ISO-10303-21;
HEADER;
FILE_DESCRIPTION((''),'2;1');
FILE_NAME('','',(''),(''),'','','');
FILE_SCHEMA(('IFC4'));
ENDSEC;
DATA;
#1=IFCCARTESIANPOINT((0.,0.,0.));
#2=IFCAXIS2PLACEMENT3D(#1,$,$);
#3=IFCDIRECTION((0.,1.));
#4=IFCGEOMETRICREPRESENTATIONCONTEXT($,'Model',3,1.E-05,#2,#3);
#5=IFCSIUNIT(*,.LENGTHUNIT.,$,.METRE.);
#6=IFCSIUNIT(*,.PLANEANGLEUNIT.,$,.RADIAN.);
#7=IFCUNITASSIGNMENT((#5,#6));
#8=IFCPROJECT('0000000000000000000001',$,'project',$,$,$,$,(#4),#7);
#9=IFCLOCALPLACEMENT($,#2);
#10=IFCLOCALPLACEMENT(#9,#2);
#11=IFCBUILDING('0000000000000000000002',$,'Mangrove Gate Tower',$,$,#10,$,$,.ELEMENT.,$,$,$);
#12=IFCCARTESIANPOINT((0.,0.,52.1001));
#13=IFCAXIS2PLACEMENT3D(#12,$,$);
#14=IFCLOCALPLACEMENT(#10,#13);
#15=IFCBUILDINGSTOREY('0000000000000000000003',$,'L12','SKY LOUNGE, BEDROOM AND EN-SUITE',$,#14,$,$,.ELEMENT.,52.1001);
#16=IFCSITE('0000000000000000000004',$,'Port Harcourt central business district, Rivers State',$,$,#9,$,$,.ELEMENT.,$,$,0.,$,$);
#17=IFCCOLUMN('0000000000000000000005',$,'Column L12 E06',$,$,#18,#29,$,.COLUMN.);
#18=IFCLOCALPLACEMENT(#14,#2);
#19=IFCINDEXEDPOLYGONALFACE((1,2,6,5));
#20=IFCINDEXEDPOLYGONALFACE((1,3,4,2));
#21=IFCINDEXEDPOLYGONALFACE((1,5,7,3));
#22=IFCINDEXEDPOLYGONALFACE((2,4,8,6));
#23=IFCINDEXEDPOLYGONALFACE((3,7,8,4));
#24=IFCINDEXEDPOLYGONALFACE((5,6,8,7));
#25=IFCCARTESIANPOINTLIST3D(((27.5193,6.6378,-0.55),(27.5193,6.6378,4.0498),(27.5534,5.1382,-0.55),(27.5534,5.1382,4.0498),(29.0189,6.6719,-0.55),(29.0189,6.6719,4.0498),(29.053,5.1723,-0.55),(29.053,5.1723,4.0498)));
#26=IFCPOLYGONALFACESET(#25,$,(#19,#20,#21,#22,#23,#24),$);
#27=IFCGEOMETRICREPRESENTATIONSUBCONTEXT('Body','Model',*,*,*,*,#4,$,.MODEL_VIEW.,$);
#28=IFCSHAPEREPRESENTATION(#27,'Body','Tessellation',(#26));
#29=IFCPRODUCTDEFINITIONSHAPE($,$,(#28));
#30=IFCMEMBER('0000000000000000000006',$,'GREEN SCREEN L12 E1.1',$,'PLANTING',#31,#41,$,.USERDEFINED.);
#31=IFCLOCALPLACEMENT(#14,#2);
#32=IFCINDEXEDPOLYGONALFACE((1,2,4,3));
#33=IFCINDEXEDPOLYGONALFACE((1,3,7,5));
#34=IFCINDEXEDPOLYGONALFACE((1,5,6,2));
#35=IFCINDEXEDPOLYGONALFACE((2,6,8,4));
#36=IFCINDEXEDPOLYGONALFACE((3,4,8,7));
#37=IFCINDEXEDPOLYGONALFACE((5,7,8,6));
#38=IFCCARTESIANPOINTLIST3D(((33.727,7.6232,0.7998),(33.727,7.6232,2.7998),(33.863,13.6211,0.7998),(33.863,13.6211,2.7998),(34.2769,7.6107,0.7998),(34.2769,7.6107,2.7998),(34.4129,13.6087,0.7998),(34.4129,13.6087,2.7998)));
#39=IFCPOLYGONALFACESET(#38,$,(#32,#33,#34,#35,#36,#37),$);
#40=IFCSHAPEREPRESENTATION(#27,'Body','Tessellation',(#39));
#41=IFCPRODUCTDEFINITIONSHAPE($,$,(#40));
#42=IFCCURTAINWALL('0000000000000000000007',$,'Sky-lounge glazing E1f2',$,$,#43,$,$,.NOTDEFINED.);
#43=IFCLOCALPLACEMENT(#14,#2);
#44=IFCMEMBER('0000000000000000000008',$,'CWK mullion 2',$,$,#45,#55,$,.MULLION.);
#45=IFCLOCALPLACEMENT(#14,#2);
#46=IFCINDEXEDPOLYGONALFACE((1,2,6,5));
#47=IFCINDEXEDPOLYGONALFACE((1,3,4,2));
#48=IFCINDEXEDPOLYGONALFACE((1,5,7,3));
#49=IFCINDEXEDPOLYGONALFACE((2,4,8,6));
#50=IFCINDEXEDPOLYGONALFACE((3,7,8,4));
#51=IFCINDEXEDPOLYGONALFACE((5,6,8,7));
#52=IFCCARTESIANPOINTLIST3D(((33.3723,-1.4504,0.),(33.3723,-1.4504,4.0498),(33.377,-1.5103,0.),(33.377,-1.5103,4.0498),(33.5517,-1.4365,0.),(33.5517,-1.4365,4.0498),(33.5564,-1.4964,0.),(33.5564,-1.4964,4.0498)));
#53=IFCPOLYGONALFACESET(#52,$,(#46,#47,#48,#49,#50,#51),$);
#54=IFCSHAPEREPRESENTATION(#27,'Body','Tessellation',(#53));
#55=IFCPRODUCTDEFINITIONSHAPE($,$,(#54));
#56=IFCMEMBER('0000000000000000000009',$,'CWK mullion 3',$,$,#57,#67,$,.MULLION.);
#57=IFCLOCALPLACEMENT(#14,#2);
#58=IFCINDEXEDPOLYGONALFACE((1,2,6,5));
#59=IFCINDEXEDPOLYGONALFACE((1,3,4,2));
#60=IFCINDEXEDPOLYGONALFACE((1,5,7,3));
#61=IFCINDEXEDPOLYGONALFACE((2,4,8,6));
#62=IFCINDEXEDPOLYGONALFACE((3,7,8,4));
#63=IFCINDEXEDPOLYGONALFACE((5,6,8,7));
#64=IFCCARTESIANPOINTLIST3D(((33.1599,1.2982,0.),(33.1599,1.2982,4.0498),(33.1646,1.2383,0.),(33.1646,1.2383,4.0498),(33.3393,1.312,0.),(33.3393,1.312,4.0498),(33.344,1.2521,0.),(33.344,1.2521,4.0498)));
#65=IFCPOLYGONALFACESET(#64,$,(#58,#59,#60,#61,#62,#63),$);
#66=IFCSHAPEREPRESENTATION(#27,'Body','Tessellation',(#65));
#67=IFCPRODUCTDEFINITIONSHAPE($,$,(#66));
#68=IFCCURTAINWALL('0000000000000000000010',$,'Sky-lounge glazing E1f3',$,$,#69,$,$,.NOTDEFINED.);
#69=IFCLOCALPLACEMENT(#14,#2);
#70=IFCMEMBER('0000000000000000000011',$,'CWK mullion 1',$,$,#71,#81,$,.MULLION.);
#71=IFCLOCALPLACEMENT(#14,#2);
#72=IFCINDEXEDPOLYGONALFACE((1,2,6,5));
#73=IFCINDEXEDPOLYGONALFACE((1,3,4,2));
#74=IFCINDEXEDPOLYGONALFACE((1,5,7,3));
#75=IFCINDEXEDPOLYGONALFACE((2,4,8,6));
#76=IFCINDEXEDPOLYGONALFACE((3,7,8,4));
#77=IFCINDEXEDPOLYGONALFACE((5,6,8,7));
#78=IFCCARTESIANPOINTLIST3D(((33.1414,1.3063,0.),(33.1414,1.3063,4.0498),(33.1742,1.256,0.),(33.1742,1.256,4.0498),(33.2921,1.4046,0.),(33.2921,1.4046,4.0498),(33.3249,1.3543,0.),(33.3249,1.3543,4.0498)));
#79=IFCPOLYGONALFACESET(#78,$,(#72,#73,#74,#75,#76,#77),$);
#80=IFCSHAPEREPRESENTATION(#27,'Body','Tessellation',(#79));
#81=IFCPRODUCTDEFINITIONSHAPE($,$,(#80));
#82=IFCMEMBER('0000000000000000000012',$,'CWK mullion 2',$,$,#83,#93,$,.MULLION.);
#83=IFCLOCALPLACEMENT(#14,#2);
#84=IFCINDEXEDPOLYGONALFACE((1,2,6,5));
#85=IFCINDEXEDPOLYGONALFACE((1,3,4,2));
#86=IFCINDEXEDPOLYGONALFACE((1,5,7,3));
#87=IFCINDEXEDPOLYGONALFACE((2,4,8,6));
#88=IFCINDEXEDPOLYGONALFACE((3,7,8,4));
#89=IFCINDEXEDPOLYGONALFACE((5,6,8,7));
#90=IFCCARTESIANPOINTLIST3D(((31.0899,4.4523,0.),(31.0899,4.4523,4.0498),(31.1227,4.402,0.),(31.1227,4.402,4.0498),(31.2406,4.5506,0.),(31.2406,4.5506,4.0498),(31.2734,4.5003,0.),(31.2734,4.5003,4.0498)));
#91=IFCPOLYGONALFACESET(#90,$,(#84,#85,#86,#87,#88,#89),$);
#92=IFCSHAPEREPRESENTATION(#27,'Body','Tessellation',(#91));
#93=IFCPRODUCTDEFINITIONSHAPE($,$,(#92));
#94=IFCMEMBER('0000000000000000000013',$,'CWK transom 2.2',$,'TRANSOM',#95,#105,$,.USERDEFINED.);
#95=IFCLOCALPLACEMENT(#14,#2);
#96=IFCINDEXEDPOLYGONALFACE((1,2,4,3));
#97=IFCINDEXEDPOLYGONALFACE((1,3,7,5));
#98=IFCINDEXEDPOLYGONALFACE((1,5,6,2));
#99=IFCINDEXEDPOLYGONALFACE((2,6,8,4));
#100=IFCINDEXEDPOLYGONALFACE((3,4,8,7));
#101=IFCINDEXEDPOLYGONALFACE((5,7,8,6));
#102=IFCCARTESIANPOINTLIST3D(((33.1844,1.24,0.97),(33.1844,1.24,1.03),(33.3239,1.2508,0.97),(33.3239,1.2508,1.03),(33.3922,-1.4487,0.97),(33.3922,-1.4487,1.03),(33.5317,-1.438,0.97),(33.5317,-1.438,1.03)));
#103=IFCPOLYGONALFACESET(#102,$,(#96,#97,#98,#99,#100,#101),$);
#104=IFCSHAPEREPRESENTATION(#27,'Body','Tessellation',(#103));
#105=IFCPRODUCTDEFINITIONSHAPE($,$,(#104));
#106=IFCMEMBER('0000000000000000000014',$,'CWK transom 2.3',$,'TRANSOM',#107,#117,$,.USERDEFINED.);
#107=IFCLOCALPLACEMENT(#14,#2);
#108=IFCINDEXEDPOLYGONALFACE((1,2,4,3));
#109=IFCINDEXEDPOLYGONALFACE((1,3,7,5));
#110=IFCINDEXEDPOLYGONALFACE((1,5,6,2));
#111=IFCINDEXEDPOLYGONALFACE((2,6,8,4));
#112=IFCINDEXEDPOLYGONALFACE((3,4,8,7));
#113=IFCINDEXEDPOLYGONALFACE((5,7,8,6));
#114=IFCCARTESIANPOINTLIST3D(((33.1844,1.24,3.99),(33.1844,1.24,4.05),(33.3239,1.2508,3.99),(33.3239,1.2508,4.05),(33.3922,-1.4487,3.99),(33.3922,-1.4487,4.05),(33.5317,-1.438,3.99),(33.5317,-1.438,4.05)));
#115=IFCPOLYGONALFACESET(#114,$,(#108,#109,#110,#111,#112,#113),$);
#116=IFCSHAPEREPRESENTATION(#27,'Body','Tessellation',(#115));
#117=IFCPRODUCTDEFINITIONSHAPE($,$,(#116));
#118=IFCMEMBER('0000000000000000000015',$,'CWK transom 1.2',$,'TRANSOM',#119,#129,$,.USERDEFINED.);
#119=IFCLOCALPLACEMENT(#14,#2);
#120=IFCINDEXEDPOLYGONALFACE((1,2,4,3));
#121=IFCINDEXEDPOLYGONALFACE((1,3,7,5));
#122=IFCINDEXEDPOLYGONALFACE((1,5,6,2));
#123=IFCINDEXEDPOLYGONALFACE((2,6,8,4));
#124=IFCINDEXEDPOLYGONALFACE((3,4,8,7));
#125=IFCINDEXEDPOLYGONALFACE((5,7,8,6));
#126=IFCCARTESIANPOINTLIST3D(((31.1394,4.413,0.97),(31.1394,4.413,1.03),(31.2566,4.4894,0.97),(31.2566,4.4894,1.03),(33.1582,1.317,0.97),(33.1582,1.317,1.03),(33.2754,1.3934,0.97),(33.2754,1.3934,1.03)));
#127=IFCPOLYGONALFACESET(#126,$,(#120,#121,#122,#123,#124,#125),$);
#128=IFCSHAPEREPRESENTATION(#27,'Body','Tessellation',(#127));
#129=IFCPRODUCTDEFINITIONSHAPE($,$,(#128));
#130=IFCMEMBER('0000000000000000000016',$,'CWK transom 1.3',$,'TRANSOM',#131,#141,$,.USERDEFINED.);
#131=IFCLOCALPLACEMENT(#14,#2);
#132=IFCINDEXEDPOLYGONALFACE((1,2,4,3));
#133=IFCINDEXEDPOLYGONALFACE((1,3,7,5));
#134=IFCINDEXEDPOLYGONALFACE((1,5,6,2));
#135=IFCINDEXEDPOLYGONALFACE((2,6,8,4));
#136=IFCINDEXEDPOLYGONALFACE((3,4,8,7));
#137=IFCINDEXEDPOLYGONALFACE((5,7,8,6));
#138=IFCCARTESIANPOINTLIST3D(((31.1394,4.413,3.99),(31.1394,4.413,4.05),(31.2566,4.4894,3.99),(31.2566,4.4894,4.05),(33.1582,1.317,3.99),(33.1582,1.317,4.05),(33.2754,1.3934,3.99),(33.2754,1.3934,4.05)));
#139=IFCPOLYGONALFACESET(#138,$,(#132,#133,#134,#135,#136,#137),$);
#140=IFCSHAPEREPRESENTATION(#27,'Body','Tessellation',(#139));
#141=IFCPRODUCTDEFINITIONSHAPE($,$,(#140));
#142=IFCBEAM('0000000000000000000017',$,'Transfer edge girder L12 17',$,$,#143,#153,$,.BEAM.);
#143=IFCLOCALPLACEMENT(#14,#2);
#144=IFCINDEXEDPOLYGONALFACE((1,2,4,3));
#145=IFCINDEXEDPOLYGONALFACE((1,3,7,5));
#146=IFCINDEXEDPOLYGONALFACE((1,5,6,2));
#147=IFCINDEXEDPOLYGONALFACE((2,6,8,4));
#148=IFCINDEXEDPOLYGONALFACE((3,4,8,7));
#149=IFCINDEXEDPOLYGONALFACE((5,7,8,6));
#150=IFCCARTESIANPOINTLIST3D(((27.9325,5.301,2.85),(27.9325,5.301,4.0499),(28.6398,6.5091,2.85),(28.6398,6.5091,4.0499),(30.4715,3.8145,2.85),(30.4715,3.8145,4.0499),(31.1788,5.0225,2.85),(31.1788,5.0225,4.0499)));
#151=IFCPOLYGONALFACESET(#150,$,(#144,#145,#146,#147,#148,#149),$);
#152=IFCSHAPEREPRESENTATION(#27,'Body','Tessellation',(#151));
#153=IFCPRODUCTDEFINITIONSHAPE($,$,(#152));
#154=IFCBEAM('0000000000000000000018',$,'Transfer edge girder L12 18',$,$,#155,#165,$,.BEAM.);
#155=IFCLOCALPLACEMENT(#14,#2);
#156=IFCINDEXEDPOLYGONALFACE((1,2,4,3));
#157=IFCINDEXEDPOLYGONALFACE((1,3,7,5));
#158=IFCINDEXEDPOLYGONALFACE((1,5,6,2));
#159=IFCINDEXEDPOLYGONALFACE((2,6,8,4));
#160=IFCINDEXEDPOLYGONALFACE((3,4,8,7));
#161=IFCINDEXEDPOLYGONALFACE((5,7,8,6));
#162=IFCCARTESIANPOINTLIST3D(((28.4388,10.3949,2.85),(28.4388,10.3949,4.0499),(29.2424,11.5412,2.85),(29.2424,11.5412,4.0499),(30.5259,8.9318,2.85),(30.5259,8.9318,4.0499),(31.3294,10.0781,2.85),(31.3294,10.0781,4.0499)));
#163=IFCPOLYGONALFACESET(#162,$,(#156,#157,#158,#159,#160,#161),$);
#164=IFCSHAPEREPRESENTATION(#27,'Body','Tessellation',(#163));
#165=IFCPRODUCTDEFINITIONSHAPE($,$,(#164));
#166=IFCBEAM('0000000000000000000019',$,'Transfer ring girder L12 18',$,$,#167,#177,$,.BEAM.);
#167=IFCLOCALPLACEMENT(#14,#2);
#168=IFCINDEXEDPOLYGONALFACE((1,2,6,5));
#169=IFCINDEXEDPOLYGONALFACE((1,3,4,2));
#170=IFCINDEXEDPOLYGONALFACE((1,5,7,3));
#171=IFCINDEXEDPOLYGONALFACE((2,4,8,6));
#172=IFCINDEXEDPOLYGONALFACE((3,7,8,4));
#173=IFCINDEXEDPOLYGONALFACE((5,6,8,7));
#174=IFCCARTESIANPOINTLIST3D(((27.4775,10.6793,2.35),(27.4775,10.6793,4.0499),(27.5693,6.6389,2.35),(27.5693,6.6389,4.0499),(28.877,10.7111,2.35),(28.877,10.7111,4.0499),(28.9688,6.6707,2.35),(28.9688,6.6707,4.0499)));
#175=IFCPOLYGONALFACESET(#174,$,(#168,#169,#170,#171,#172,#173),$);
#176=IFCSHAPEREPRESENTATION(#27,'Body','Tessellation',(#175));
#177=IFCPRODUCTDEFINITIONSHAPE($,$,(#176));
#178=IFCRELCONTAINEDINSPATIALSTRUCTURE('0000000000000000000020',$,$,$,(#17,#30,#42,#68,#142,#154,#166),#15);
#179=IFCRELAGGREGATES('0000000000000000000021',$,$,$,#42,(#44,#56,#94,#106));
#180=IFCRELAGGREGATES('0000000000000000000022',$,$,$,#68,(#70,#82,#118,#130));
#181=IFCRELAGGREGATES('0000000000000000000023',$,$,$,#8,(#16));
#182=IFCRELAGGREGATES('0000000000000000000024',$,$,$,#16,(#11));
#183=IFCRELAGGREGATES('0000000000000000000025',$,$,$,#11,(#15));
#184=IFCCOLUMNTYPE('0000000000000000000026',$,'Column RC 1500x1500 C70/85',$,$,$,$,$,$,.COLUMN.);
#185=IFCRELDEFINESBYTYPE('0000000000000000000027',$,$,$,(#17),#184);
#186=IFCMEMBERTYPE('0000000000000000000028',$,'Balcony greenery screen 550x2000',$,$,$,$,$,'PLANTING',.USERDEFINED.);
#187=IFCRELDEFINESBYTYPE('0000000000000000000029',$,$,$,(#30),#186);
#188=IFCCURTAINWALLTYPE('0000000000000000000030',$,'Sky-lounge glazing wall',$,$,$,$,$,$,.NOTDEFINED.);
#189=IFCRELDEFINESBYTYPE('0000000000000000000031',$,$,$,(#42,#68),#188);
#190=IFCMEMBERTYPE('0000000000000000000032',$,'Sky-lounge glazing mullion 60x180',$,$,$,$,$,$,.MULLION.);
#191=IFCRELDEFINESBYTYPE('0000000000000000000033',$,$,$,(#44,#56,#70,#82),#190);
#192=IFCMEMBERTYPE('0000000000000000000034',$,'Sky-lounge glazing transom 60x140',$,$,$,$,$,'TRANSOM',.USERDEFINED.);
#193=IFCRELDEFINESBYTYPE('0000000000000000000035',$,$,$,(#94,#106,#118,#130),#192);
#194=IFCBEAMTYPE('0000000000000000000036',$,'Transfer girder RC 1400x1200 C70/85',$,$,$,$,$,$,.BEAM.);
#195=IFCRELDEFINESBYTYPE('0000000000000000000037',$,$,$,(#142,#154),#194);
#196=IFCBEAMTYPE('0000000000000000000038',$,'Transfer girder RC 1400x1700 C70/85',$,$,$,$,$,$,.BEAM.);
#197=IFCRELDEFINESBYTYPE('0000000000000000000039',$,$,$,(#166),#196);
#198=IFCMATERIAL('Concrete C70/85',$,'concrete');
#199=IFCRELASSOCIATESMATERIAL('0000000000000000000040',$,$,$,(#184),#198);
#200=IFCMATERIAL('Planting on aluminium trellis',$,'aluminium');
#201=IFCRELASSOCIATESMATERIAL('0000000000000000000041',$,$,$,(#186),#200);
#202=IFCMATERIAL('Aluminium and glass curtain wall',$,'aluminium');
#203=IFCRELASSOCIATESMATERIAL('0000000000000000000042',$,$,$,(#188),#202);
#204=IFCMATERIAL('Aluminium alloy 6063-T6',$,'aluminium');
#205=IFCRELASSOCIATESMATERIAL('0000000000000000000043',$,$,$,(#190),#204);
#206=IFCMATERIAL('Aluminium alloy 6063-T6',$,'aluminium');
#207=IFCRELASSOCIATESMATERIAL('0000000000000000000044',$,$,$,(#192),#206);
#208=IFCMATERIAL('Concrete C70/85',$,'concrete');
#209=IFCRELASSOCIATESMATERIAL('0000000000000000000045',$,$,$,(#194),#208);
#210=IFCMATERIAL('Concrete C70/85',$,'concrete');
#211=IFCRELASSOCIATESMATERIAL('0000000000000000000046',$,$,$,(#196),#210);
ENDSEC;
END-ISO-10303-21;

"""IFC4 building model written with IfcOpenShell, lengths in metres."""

from ifc_helpers import new_model, si_unit, direction, frame, origin, origin_2d, place, context, subcontext, project, spatial, rectangle, extrude, material, material_profile, profile_set, type_object, element, aggregate, save


model = new_model("IFC4")

# Units and contexts
model_context = context("Model", 3, precision=1e-05, world=origin(), true_north=direction((0.0, 1.0)))
body_context = subcontext(model_context, "Body", "Model", "MODEL_VIEW")
ifc_project = project(units=[si_unit("LENGTHUNIT", "METRE"), si_unit("PLANEANGLEUNIT", "RADIAN")], contexts=[model_context])

# Site, building, storey
site_placement = place(None, origin())
site = spatial("IfcSite", under=ifc_project, at=site_placement, Name="Port Harcourt central business district, Rivers State", CompositionType="ELEMENT", RefElevation=0.0)
building_placement = place(site_placement, origin())
building = spatial("IfcBuilding", under=site, at=building_placement, Name="Mangrove Gate Tower", CompositionType="ELEMENT")
storey_placement = place(building_placement, frame((0.0, 0.0, 52.1001)))
storey = spatial("IfcBuildingStorey", under=building, at=storey_placement, Name="L12", Description="SKY LOUNGE, BEDROOM AND EN-SUITE", CompositionType="ELEMENT", Elevation=52.1001)

# Column
ifc_material_1 = material(Name="Concrete C70/85", Category="concrete")
ifc_material_profile_1 = material_profile(ifc_material_1, rectangle(XDim=1.5, YDim=1.5, at=origin_2d()))
ifc_profile_set_1 = profile_set([ifc_material_profile_1], Name="Concrete C70/85")
column_type = type_object("IfcColumnType", Name="Column RC 1500x1500 C70/85", PredefinedType="COLUMN", material=ifc_profile_set_1)
column_placement = place(storey_placement, frame((28.2861, 5.905, -0.55), z_axis=(0.0, 0.0, 1.0), x_axis=(-0.022704, 0.999742, 0.0)))
element("IfcColumn", 1, at=column_placement, inside=storey, type_object=column_type, Name="Column L12 E06", PredefinedType="COLUMN", context=body_context, shape_type="SweptSolid", body=[
    extrude(rectangle(XDim=1.5, YDim=1.5, at=origin_2d()), origin(), (0.0, 0.0, 1.0), 4.5999),
])

# Member
ifc_material_2 = material(Name="Planting on aluminium trellis", Category="aluminium")
ifc_material_profile_2 = material_profile(ifc_material_2, rectangle(XDim=0.55, YDim=2.0, at=origin_2d()))
ifc_profile_set_2 = profile_set([ifc_material_profile_2], Name="Planting on aluminium trellis")
member_type_1 = type_object("IfcMemberType", Name="Balcony greenery screen 550x2000", ElementType="PLANTING", PredefinedType="USERDEFINED", material=ifc_profile_set_2)
member_1_placement = place(storey_placement, frame((34.002, 7.6169, 1.7998), z_axis=(0.022666, 0.999743, 0.0), x_axis=(-0.999743, 0.022666, 0.0)))
element("IfcMember", 2, at=member_1_placement, inside=storey, type_object=member_type_1, Name="GREEN SCREEN L12 E1.1", ObjectType="PLANTING", PredefinedType="USERDEFINED", context=body_context, shape_type="SweptSolid", body=[
    extrude(rectangle(XDim=0.55, YDim=2.0, at=origin_2d()), origin(), (0.0, 0.0, 1.0), 5.9995),
])

# Curtain walls, members
ifc_material_3 = material(Name="Aluminium and glass curtain wall", Category="aluminium")
curtain_wall_type = type_object("IfcCurtainWallType", Name="Sky-lounge glazing wall", PredefinedType="NOTDEFINED", material=ifc_material_3)
curtain_wall_1_placement = place(storey_placement, origin())
curtain_wall_1 = element("IfcCurtainWall", 3, at=curtain_wall_1_placement, inside=storey, type_object=curtain_wall_type, Name="Sky-lounge glazing E1f2", PredefinedType="NOTDEFINED")
ifc_material_4 = material(Name="Aluminium alloy 6063-T6", Category="aluminium")
ifc_material_profile_3 = material_profile(ifc_material_4, rectangle(XDim=0.0601, YDim=0.1799, at=origin_2d()))
ifc_profile_set_3 = profile_set([ifc_material_profile_3], Name="Aluminium alloy 6063-T6")
member_type_2 = type_object("IfcMemberType", Name="Sky-lounge glazing mullion 60x180", PredefinedType="MULLION", material=ifc_profile_set_3)
member_2_placement = place(storey_placement, frame((33.4644, -1.4734, 0.0), z_axis=(0.0, 0.0, 1.0), x_axis=(-0.077023, 0.997029, 0.0)))
member_2 = element("IfcMember", 4, at=member_2_placement, type_object=member_type_2, Name="CWK mullion 2", PredefinedType="MULLION", context=body_context, shape_type="SweptSolid", body=[
    extrude(rectangle(XDim=0.0601, YDim=0.1799, at=origin_2d()), origin(), (0.0, 0.0, 1.0), 4.0498),
])
member_3_placement = place(storey_placement, frame((33.252, 1.2751, 0.0), z_axis=(0.0, 0.0, 1.0), x_axis=(-0.077023, 0.997029, 0.0)))
member_3 = element("IfcMember", 5, at=member_3_placement, type_object=member_type_2, Name="CWK mullion 3", PredefinedType="MULLION", context=body_context, shape_type="SweptSolid", body=[
    extrude(rectangle(XDim=0.0601, YDim=0.1799, at=origin_2d()), origin(), (0.0, 0.0, 1.0), 4.0498),
])
curtain_wall_2_placement = place(storey_placement, origin())
curtain_wall_2 = element("IfcCurtainWall", 6, at=curtain_wall_2_placement, inside=storey, type_object=curtain_wall_type, Name="Sky-lounge glazing E1f3", PredefinedType="NOTDEFINED")
member_4_placement = place(storey_placement, frame((33.2332, 1.3303, 0.0), z_axis=(0.0, 0.0, 1.0), x_axis=(-0.546235, 0.837632, 0.0)))
member_4 = element("IfcMember", 7, at=member_4_placement, type_object=member_type_2, Name="CWK mullion 1", PredefinedType="MULLION", context=body_context, shape_type="SweptSolid", body=[
    extrude(rectangle(XDim=0.0601, YDim=0.1799, at=origin_2d()), origin(), (0.0, 0.0, 1.0), 4.0498),
])
member_5_placement = place(storey_placement, frame((31.1816, 4.4763, 0.0), z_axis=(0.0, 0.0, 1.0), x_axis=(-0.546235, 0.837632, 0.0)))
member_5 = element("IfcMember", 8, at=member_5_placement, type_object=member_type_2, Name="CWK mullion 2", PredefinedType="MULLION", context=body_context, shape_type="SweptSolid", body=[
    extrude(rectangle(XDim=0.0601, YDim=0.1799, at=origin_2d()), origin(), (0.0, 0.0, 1.0), 4.0498),
])

# Members
ifc_material_5 = material(Name="Aluminium alloy 6063-T6", Category="aluminium")
ifc_material_profile_4 = material_profile(ifc_material_5, rectangle(XDim=0.0601, YDim=0.1399, at=origin_2d()))
ifc_profile_set_4 = profile_set([ifc_material_profile_4], Name="Aluminium alloy 6063-T6")
member_type_3 = type_object("IfcMemberType", Name="Sky-lounge glazing transom 60x140", ElementType="TRANSOM", PredefinedType="USERDEFINED", material=ifc_profile_set_4)
member_6_placement = place(storey_placement, frame((33.4619, -1.4434, 1.0), z_axis=(-0.077043, 0.997028, 0.0), x_axis=(0.0, 0.0, 1.0)))
member_6 = element("IfcMember", 9, at=member_6_placement, type_object=member_type_3, Name="CWK transom 2.2", ObjectType="TRANSOM", PredefinedType="USERDEFINED", context=body_context, shape_type="SweptSolid", body=[
    extrude(rectangle(XDim=0.0601, YDim=0.1399, at=origin_2d()), origin(), (0.0, 0.0, 1.0), 2.6968),
])
member_7_placement = place(storey_placement, frame((33.4619, -1.4434, 4.02), z_axis=(-0.077043, 0.997028, 0.0), x_axis=(0.0, 0.0, 1.0)))
member_7 = element("IfcMember", 10, at=member_7_placement, type_object=member_type_3, Name="CWK transom 2.3", ObjectType="TRANSOM", PredefinedType="USERDEFINED", context=body_context, shape_type="SweptSolid", body=[
    extrude(rectangle(XDim=0.0601, YDim=0.1399, at=origin_2d()), origin(), (0.0, 0.0, 1.0), 2.6968),
])
member_8_placement = place(storey_placement, frame((33.2168, 1.3552, 1.0), z_axis=(-0.546211, 0.837647, 0.0), x_axis=(0.0, 0.0, 1.0)))
member_8 = element("IfcMember", 11, at=member_8_placement, type_object=member_type_3, Name="CWK transom 1.2", ObjectType="TRANSOM", PredefinedType="USERDEFINED", context=body_context, shape_type="SweptSolid", body=[
    extrude(rectangle(XDim=0.0601, YDim=0.1399, at=origin_2d()), origin(), (0.0, 0.0, 1.0), 3.696),
])
member_9_placement = place(storey_placement, frame((33.2168, 1.3552, 4.02), z_axis=(-0.546211, 0.837647, 0.0), x_axis=(0.0, 0.0, 1.0)))
member_9 = element("IfcMember", 12, at=member_9_placement, type_object=member_type_3, Name="CWK transom 1.3", ObjectType="TRANSOM", PredefinedType="USERDEFINED", context=body_context, shape_type="SweptSolid", body=[
    extrude(rectangle(XDim=0.0601, YDim=0.1399, at=origin_2d()), origin(), (0.0, 0.0, 1.0), 3.696),
])

# Beams
ifc_material_6 = material(Name="Concrete C70/85", Category="concrete")
ifc_material_profile_5 = material_profile(ifc_material_6, rectangle(XDim=1.3999, YDim=1.2, at=origin_2d()))
ifc_profile_set_5 = profile_set([ifc_material_profile_5], Name="Concrete C70/85")
beam_type_1 = type_object("IfcBeamType", Name="Transfer girder RC 1400x1200 C70/85", PredefinedType="BEAM", material=ifc_profile_set_5)
beam_1_placement = place(storey_placement, frame((28.2861, 5.905, 3.45), z_axis=(0.862971, -0.505253, 0.0), x_axis=(0.505253, 0.862971, 0.0)))
element("IfcBeam", 13, at=beam_1_placement, inside=storey, type_object=beam_type_1, Name="Transfer edge girder L12 17", PredefinedType="BEAM", context=body_context, shape_type="SweptSolid", body=[
    extrude(rectangle(XDim=1.3999, YDim=1.2, at=origin_2d()), origin(), (0.0, 0.0, 1.0), 2.9421),
])
beam_2_placement = place(storey_placement, frame((28.8406, 10.968, 3.45), z_axis=(0.81884, -0.574021, 0.0), x_axis=(0.574021, 0.81884, 0.0)))
element("IfcBeam", 14, at=beam_2_placement, inside=storey, type_object=beam_type_1, Name="Transfer edge girder L12 18", PredefinedType="BEAM", context=body_context, shape_type="SweptSolid", body=[
    extrude(rectangle(XDim=1.3999, YDim=1.2, at=origin_2d()), origin(), (0.0, 0.0, 1.0), 2.5488),
])
ifc_material_7 = material(Name="Concrete C70/85", Category="concrete")
ifc_material_profile_6 = material_profile(ifc_material_7, rectangle(XDim=1.3999, YDim=1.7, at=origin_2d()))
ifc_profile_set_6 = profile_set([ifc_material_profile_6], Name="Concrete C70/85")
beam_type_2 = type_object("IfcBeamType", Name="Transfer girder RC 1400x1700 C70/85", PredefinedType="BEAM", material=ifc_profile_set_6)
beam_3_placement = place(storey_placement, frame((28.269, 6.6548, 3.2), z_axis=(-0.022713, 0.999742, 0.0), x_axis=(-0.999742, -0.022713, 0.0)))
element("IfcBeam", 15, at=beam_3_placement, inside=storey, type_object=beam_type_2, Name="Transfer ring girder L12 18", PredefinedType="BEAM", context=body_context, shape_type="SweptSolid", body=[
    extrude(rectangle(XDim=1.3999, YDim=1.7, at=origin_2d()), origin(), (0.0, 0.0, 1.0), 4.0415),
])

aggregate(curtain_wall_1, [member_2, member_3, member_6, member_7])
aggregate(curtain_wall_2, [member_4, member_5, member_8, member_9])

save(model, "model.ifc")
